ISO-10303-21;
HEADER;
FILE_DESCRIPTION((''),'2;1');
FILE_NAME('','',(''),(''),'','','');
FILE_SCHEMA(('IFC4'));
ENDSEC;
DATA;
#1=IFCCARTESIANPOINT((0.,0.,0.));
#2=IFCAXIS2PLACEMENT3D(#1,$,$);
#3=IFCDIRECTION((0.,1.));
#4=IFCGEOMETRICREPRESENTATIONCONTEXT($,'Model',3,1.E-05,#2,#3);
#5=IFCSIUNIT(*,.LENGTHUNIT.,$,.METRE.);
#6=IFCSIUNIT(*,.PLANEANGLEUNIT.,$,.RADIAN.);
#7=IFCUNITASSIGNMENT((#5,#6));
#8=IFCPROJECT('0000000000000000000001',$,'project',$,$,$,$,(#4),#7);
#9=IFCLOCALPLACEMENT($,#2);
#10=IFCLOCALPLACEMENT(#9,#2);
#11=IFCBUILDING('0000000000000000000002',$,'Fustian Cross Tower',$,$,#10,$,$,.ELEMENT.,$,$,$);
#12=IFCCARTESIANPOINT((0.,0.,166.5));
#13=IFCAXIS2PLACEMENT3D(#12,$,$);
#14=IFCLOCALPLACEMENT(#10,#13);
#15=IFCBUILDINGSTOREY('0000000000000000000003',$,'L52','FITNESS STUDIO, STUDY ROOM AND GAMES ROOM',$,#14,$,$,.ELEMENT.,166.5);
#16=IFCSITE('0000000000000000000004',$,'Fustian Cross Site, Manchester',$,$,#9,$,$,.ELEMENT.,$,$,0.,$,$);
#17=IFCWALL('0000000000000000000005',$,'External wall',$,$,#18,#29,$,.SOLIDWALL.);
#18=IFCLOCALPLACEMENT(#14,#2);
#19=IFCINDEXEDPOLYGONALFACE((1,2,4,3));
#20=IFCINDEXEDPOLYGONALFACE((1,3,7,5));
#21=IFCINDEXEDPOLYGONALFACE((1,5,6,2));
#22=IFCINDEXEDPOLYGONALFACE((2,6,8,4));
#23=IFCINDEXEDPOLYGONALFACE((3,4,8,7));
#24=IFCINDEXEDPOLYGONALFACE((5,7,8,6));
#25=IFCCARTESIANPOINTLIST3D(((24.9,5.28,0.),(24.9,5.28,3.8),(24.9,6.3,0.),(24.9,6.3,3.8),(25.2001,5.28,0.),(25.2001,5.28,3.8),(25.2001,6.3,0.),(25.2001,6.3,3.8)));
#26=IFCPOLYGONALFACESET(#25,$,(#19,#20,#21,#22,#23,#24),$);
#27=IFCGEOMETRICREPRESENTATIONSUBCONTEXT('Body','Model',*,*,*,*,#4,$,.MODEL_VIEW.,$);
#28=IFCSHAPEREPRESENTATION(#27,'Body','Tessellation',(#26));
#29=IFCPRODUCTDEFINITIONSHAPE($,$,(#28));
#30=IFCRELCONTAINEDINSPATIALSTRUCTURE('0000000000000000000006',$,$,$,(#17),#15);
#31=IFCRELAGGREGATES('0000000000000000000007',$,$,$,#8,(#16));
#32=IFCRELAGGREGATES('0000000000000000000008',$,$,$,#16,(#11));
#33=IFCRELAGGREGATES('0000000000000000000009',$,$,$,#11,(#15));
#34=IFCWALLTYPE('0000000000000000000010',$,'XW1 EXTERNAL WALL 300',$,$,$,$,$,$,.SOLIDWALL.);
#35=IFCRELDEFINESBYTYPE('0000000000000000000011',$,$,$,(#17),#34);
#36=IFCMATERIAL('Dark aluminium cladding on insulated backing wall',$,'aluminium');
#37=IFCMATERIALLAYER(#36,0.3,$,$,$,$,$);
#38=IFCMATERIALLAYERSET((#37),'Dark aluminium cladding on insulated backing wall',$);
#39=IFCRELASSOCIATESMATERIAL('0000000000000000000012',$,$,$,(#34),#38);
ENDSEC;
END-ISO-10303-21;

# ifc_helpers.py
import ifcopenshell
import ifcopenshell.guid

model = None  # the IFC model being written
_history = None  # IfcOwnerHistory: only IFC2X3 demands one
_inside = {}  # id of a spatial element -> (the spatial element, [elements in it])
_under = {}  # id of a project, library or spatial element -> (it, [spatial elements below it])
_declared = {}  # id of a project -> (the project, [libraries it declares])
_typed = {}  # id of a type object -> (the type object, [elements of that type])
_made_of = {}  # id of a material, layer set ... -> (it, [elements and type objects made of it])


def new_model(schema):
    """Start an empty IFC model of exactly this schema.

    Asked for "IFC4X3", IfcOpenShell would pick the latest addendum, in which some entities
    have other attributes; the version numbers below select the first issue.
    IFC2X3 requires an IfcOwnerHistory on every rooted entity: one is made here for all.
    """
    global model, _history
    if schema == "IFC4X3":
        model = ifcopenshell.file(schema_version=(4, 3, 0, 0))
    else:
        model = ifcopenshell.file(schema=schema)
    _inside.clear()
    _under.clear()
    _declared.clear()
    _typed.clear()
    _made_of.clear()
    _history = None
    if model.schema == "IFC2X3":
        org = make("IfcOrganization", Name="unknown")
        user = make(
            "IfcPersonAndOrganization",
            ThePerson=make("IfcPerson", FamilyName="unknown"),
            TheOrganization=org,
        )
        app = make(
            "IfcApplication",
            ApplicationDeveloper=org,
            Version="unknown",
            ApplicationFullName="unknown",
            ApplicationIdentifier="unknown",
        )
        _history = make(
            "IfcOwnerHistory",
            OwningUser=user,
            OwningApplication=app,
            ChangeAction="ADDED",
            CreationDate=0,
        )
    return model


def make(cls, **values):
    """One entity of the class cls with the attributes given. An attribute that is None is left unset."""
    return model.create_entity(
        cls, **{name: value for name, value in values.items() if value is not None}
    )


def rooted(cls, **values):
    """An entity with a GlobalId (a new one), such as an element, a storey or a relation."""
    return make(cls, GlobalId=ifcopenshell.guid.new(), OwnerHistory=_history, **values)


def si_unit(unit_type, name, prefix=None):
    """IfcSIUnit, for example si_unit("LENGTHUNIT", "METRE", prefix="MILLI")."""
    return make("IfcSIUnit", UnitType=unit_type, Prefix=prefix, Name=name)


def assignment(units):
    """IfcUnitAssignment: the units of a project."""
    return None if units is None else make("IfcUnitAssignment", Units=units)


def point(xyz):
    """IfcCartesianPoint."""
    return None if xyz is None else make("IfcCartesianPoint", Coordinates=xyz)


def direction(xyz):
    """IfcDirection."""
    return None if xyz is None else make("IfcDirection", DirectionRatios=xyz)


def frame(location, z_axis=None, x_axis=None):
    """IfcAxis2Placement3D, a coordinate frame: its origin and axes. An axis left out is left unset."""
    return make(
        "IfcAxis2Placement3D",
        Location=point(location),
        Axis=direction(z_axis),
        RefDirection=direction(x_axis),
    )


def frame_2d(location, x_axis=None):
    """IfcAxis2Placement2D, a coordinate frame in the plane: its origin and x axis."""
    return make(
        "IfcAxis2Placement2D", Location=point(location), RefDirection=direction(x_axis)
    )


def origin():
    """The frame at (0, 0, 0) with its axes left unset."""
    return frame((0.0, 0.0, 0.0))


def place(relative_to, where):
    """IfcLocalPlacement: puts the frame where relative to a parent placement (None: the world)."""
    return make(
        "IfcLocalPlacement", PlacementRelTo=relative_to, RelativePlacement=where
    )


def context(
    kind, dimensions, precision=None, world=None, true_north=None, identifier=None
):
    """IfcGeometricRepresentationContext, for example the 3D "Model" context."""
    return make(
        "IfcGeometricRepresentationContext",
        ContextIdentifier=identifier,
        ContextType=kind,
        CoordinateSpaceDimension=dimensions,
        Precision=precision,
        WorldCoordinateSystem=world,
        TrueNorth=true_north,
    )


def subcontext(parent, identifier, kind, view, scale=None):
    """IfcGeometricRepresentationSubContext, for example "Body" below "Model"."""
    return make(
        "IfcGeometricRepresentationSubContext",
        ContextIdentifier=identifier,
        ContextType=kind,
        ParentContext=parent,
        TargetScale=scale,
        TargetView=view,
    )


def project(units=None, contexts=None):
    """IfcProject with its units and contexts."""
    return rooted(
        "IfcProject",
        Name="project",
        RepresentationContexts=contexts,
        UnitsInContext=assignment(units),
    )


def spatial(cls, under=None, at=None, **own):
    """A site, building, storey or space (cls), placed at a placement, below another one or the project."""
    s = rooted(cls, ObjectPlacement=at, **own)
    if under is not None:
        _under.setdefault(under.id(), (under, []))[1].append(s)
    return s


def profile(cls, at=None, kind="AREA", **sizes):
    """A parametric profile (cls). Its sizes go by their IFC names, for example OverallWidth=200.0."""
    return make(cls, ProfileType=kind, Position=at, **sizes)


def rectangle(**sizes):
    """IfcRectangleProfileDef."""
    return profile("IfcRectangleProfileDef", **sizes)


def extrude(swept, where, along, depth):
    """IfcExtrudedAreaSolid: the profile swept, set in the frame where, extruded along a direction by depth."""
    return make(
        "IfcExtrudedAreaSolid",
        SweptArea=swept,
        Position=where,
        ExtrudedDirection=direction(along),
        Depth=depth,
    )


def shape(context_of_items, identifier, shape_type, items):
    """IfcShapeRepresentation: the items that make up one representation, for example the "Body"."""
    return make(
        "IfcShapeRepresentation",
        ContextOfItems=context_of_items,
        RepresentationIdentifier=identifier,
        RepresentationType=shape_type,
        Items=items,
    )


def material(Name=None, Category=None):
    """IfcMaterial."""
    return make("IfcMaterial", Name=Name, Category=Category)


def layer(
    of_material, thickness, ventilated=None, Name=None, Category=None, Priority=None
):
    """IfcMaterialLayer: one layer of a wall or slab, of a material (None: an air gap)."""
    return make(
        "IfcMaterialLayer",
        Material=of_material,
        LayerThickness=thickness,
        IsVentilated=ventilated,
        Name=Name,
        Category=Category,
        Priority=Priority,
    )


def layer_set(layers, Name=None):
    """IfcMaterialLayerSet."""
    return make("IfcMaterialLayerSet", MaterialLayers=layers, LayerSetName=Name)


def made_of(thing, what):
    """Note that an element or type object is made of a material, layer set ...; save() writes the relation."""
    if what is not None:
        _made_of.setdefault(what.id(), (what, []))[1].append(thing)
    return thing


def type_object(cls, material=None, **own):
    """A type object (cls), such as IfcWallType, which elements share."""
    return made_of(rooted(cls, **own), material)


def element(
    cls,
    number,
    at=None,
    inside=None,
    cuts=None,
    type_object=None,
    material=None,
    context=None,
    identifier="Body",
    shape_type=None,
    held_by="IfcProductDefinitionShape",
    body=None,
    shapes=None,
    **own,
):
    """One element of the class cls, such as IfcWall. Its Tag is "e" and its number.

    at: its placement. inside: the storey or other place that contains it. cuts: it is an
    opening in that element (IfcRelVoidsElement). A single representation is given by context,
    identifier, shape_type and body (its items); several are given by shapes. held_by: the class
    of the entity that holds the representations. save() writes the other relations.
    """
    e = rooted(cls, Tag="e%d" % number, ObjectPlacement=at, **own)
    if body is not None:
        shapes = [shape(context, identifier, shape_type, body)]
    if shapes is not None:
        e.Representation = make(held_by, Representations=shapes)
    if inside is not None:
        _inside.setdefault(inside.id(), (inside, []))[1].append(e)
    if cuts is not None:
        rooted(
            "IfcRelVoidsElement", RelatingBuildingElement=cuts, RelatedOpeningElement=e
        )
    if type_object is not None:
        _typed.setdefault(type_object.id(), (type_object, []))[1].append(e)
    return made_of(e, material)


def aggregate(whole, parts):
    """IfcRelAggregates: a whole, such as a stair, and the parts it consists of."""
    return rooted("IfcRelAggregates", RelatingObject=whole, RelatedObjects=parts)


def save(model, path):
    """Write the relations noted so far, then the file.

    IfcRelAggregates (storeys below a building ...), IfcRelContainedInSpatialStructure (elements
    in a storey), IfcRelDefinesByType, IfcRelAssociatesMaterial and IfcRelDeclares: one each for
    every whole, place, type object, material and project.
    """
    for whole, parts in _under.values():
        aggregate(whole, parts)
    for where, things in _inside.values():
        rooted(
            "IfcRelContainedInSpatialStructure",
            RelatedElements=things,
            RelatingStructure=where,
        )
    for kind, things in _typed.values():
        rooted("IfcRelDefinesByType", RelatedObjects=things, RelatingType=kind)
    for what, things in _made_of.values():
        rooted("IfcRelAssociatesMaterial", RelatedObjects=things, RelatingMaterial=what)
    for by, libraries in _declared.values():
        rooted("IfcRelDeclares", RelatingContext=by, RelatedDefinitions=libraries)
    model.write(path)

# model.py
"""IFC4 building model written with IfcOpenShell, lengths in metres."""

from ifc_helpers import new_model, si_unit, direction, frame, frame_2d, origin, place, context, subcontext, project, spatial, rectangle, extrude, material, layer, layer_set, type_object, element, save


model = new_model("IFC4")

# Units and contexts
model_context = context("Model", 3, precision=1e-05, world=origin(), true_north=direction((0.0, 1.0)))
body_context = subcontext(model_context, "Body", "Model", "MODEL_VIEW")
ifc_project = project(units=[si_unit("LENGTHUNIT", "METRE"), si_unit("PLANEANGLEUNIT", "RADIAN")], contexts=[model_context])

# Site, building, storey
site_placement = place(None, origin())
site = spatial("IfcSite", under=ifc_project, at=site_placement, Name="Fustian Cross Site, Manchester", CompositionType="ELEMENT", RefElevation=0.0)
building_placement = place(site_placement, origin())
building = spatial("IfcBuilding", under=site, at=building_placement, Name="Fustian Cross Tower", CompositionType="ELEMENT")
storey_placement = place(building_placement, frame((0.0, 0.0, 166.5)))
storey = spatial("IfcBuildingStorey", under=building, at=storey_placement, Name="L52", Description="FITNESS STUDIO, STUDY ROOM AND GAMES ROOM", CompositionType="ELEMENT", Elevation=166.5)

# Wall
ifc_material_1 = material(Name="Dark aluminium cladding on insulated backing wall", Category="aluminium")
ifc_layer_1 = layer(ifc_material_1, 0.3)
ifc_layer_set_1 = layer_set([ifc_layer_1], Name="Dark aluminium cladding on insulated backing wall")
wall_type_1 = type_object("IfcWallType", Name="XW1 EXTERNAL WALL 300", PredefinedType="SOLIDWALL", material=ifc_layer_set_1)
wall_1_placement = place(storey_placement, frame((25.05, 5.28, 0.0), z_axis=(0.0, 0.0, 1.0), x_axis=(0.0, 1.0, 0.0)))
element("IfcWall", 1, at=wall_1_placement, inside=storey, type_object=wall_type_1, Name="External wall", PredefinedType="SOLIDWALL", context=body_context, shape_type="SweptSolid", body=[
    extrude(rectangle(XDim=1.02, YDim=0.3, at=frame_2d((0.51, 0.0))), origin(), (0.0, 0.0, 1.0), 3.8),
])

save(model, "model.ifc")
